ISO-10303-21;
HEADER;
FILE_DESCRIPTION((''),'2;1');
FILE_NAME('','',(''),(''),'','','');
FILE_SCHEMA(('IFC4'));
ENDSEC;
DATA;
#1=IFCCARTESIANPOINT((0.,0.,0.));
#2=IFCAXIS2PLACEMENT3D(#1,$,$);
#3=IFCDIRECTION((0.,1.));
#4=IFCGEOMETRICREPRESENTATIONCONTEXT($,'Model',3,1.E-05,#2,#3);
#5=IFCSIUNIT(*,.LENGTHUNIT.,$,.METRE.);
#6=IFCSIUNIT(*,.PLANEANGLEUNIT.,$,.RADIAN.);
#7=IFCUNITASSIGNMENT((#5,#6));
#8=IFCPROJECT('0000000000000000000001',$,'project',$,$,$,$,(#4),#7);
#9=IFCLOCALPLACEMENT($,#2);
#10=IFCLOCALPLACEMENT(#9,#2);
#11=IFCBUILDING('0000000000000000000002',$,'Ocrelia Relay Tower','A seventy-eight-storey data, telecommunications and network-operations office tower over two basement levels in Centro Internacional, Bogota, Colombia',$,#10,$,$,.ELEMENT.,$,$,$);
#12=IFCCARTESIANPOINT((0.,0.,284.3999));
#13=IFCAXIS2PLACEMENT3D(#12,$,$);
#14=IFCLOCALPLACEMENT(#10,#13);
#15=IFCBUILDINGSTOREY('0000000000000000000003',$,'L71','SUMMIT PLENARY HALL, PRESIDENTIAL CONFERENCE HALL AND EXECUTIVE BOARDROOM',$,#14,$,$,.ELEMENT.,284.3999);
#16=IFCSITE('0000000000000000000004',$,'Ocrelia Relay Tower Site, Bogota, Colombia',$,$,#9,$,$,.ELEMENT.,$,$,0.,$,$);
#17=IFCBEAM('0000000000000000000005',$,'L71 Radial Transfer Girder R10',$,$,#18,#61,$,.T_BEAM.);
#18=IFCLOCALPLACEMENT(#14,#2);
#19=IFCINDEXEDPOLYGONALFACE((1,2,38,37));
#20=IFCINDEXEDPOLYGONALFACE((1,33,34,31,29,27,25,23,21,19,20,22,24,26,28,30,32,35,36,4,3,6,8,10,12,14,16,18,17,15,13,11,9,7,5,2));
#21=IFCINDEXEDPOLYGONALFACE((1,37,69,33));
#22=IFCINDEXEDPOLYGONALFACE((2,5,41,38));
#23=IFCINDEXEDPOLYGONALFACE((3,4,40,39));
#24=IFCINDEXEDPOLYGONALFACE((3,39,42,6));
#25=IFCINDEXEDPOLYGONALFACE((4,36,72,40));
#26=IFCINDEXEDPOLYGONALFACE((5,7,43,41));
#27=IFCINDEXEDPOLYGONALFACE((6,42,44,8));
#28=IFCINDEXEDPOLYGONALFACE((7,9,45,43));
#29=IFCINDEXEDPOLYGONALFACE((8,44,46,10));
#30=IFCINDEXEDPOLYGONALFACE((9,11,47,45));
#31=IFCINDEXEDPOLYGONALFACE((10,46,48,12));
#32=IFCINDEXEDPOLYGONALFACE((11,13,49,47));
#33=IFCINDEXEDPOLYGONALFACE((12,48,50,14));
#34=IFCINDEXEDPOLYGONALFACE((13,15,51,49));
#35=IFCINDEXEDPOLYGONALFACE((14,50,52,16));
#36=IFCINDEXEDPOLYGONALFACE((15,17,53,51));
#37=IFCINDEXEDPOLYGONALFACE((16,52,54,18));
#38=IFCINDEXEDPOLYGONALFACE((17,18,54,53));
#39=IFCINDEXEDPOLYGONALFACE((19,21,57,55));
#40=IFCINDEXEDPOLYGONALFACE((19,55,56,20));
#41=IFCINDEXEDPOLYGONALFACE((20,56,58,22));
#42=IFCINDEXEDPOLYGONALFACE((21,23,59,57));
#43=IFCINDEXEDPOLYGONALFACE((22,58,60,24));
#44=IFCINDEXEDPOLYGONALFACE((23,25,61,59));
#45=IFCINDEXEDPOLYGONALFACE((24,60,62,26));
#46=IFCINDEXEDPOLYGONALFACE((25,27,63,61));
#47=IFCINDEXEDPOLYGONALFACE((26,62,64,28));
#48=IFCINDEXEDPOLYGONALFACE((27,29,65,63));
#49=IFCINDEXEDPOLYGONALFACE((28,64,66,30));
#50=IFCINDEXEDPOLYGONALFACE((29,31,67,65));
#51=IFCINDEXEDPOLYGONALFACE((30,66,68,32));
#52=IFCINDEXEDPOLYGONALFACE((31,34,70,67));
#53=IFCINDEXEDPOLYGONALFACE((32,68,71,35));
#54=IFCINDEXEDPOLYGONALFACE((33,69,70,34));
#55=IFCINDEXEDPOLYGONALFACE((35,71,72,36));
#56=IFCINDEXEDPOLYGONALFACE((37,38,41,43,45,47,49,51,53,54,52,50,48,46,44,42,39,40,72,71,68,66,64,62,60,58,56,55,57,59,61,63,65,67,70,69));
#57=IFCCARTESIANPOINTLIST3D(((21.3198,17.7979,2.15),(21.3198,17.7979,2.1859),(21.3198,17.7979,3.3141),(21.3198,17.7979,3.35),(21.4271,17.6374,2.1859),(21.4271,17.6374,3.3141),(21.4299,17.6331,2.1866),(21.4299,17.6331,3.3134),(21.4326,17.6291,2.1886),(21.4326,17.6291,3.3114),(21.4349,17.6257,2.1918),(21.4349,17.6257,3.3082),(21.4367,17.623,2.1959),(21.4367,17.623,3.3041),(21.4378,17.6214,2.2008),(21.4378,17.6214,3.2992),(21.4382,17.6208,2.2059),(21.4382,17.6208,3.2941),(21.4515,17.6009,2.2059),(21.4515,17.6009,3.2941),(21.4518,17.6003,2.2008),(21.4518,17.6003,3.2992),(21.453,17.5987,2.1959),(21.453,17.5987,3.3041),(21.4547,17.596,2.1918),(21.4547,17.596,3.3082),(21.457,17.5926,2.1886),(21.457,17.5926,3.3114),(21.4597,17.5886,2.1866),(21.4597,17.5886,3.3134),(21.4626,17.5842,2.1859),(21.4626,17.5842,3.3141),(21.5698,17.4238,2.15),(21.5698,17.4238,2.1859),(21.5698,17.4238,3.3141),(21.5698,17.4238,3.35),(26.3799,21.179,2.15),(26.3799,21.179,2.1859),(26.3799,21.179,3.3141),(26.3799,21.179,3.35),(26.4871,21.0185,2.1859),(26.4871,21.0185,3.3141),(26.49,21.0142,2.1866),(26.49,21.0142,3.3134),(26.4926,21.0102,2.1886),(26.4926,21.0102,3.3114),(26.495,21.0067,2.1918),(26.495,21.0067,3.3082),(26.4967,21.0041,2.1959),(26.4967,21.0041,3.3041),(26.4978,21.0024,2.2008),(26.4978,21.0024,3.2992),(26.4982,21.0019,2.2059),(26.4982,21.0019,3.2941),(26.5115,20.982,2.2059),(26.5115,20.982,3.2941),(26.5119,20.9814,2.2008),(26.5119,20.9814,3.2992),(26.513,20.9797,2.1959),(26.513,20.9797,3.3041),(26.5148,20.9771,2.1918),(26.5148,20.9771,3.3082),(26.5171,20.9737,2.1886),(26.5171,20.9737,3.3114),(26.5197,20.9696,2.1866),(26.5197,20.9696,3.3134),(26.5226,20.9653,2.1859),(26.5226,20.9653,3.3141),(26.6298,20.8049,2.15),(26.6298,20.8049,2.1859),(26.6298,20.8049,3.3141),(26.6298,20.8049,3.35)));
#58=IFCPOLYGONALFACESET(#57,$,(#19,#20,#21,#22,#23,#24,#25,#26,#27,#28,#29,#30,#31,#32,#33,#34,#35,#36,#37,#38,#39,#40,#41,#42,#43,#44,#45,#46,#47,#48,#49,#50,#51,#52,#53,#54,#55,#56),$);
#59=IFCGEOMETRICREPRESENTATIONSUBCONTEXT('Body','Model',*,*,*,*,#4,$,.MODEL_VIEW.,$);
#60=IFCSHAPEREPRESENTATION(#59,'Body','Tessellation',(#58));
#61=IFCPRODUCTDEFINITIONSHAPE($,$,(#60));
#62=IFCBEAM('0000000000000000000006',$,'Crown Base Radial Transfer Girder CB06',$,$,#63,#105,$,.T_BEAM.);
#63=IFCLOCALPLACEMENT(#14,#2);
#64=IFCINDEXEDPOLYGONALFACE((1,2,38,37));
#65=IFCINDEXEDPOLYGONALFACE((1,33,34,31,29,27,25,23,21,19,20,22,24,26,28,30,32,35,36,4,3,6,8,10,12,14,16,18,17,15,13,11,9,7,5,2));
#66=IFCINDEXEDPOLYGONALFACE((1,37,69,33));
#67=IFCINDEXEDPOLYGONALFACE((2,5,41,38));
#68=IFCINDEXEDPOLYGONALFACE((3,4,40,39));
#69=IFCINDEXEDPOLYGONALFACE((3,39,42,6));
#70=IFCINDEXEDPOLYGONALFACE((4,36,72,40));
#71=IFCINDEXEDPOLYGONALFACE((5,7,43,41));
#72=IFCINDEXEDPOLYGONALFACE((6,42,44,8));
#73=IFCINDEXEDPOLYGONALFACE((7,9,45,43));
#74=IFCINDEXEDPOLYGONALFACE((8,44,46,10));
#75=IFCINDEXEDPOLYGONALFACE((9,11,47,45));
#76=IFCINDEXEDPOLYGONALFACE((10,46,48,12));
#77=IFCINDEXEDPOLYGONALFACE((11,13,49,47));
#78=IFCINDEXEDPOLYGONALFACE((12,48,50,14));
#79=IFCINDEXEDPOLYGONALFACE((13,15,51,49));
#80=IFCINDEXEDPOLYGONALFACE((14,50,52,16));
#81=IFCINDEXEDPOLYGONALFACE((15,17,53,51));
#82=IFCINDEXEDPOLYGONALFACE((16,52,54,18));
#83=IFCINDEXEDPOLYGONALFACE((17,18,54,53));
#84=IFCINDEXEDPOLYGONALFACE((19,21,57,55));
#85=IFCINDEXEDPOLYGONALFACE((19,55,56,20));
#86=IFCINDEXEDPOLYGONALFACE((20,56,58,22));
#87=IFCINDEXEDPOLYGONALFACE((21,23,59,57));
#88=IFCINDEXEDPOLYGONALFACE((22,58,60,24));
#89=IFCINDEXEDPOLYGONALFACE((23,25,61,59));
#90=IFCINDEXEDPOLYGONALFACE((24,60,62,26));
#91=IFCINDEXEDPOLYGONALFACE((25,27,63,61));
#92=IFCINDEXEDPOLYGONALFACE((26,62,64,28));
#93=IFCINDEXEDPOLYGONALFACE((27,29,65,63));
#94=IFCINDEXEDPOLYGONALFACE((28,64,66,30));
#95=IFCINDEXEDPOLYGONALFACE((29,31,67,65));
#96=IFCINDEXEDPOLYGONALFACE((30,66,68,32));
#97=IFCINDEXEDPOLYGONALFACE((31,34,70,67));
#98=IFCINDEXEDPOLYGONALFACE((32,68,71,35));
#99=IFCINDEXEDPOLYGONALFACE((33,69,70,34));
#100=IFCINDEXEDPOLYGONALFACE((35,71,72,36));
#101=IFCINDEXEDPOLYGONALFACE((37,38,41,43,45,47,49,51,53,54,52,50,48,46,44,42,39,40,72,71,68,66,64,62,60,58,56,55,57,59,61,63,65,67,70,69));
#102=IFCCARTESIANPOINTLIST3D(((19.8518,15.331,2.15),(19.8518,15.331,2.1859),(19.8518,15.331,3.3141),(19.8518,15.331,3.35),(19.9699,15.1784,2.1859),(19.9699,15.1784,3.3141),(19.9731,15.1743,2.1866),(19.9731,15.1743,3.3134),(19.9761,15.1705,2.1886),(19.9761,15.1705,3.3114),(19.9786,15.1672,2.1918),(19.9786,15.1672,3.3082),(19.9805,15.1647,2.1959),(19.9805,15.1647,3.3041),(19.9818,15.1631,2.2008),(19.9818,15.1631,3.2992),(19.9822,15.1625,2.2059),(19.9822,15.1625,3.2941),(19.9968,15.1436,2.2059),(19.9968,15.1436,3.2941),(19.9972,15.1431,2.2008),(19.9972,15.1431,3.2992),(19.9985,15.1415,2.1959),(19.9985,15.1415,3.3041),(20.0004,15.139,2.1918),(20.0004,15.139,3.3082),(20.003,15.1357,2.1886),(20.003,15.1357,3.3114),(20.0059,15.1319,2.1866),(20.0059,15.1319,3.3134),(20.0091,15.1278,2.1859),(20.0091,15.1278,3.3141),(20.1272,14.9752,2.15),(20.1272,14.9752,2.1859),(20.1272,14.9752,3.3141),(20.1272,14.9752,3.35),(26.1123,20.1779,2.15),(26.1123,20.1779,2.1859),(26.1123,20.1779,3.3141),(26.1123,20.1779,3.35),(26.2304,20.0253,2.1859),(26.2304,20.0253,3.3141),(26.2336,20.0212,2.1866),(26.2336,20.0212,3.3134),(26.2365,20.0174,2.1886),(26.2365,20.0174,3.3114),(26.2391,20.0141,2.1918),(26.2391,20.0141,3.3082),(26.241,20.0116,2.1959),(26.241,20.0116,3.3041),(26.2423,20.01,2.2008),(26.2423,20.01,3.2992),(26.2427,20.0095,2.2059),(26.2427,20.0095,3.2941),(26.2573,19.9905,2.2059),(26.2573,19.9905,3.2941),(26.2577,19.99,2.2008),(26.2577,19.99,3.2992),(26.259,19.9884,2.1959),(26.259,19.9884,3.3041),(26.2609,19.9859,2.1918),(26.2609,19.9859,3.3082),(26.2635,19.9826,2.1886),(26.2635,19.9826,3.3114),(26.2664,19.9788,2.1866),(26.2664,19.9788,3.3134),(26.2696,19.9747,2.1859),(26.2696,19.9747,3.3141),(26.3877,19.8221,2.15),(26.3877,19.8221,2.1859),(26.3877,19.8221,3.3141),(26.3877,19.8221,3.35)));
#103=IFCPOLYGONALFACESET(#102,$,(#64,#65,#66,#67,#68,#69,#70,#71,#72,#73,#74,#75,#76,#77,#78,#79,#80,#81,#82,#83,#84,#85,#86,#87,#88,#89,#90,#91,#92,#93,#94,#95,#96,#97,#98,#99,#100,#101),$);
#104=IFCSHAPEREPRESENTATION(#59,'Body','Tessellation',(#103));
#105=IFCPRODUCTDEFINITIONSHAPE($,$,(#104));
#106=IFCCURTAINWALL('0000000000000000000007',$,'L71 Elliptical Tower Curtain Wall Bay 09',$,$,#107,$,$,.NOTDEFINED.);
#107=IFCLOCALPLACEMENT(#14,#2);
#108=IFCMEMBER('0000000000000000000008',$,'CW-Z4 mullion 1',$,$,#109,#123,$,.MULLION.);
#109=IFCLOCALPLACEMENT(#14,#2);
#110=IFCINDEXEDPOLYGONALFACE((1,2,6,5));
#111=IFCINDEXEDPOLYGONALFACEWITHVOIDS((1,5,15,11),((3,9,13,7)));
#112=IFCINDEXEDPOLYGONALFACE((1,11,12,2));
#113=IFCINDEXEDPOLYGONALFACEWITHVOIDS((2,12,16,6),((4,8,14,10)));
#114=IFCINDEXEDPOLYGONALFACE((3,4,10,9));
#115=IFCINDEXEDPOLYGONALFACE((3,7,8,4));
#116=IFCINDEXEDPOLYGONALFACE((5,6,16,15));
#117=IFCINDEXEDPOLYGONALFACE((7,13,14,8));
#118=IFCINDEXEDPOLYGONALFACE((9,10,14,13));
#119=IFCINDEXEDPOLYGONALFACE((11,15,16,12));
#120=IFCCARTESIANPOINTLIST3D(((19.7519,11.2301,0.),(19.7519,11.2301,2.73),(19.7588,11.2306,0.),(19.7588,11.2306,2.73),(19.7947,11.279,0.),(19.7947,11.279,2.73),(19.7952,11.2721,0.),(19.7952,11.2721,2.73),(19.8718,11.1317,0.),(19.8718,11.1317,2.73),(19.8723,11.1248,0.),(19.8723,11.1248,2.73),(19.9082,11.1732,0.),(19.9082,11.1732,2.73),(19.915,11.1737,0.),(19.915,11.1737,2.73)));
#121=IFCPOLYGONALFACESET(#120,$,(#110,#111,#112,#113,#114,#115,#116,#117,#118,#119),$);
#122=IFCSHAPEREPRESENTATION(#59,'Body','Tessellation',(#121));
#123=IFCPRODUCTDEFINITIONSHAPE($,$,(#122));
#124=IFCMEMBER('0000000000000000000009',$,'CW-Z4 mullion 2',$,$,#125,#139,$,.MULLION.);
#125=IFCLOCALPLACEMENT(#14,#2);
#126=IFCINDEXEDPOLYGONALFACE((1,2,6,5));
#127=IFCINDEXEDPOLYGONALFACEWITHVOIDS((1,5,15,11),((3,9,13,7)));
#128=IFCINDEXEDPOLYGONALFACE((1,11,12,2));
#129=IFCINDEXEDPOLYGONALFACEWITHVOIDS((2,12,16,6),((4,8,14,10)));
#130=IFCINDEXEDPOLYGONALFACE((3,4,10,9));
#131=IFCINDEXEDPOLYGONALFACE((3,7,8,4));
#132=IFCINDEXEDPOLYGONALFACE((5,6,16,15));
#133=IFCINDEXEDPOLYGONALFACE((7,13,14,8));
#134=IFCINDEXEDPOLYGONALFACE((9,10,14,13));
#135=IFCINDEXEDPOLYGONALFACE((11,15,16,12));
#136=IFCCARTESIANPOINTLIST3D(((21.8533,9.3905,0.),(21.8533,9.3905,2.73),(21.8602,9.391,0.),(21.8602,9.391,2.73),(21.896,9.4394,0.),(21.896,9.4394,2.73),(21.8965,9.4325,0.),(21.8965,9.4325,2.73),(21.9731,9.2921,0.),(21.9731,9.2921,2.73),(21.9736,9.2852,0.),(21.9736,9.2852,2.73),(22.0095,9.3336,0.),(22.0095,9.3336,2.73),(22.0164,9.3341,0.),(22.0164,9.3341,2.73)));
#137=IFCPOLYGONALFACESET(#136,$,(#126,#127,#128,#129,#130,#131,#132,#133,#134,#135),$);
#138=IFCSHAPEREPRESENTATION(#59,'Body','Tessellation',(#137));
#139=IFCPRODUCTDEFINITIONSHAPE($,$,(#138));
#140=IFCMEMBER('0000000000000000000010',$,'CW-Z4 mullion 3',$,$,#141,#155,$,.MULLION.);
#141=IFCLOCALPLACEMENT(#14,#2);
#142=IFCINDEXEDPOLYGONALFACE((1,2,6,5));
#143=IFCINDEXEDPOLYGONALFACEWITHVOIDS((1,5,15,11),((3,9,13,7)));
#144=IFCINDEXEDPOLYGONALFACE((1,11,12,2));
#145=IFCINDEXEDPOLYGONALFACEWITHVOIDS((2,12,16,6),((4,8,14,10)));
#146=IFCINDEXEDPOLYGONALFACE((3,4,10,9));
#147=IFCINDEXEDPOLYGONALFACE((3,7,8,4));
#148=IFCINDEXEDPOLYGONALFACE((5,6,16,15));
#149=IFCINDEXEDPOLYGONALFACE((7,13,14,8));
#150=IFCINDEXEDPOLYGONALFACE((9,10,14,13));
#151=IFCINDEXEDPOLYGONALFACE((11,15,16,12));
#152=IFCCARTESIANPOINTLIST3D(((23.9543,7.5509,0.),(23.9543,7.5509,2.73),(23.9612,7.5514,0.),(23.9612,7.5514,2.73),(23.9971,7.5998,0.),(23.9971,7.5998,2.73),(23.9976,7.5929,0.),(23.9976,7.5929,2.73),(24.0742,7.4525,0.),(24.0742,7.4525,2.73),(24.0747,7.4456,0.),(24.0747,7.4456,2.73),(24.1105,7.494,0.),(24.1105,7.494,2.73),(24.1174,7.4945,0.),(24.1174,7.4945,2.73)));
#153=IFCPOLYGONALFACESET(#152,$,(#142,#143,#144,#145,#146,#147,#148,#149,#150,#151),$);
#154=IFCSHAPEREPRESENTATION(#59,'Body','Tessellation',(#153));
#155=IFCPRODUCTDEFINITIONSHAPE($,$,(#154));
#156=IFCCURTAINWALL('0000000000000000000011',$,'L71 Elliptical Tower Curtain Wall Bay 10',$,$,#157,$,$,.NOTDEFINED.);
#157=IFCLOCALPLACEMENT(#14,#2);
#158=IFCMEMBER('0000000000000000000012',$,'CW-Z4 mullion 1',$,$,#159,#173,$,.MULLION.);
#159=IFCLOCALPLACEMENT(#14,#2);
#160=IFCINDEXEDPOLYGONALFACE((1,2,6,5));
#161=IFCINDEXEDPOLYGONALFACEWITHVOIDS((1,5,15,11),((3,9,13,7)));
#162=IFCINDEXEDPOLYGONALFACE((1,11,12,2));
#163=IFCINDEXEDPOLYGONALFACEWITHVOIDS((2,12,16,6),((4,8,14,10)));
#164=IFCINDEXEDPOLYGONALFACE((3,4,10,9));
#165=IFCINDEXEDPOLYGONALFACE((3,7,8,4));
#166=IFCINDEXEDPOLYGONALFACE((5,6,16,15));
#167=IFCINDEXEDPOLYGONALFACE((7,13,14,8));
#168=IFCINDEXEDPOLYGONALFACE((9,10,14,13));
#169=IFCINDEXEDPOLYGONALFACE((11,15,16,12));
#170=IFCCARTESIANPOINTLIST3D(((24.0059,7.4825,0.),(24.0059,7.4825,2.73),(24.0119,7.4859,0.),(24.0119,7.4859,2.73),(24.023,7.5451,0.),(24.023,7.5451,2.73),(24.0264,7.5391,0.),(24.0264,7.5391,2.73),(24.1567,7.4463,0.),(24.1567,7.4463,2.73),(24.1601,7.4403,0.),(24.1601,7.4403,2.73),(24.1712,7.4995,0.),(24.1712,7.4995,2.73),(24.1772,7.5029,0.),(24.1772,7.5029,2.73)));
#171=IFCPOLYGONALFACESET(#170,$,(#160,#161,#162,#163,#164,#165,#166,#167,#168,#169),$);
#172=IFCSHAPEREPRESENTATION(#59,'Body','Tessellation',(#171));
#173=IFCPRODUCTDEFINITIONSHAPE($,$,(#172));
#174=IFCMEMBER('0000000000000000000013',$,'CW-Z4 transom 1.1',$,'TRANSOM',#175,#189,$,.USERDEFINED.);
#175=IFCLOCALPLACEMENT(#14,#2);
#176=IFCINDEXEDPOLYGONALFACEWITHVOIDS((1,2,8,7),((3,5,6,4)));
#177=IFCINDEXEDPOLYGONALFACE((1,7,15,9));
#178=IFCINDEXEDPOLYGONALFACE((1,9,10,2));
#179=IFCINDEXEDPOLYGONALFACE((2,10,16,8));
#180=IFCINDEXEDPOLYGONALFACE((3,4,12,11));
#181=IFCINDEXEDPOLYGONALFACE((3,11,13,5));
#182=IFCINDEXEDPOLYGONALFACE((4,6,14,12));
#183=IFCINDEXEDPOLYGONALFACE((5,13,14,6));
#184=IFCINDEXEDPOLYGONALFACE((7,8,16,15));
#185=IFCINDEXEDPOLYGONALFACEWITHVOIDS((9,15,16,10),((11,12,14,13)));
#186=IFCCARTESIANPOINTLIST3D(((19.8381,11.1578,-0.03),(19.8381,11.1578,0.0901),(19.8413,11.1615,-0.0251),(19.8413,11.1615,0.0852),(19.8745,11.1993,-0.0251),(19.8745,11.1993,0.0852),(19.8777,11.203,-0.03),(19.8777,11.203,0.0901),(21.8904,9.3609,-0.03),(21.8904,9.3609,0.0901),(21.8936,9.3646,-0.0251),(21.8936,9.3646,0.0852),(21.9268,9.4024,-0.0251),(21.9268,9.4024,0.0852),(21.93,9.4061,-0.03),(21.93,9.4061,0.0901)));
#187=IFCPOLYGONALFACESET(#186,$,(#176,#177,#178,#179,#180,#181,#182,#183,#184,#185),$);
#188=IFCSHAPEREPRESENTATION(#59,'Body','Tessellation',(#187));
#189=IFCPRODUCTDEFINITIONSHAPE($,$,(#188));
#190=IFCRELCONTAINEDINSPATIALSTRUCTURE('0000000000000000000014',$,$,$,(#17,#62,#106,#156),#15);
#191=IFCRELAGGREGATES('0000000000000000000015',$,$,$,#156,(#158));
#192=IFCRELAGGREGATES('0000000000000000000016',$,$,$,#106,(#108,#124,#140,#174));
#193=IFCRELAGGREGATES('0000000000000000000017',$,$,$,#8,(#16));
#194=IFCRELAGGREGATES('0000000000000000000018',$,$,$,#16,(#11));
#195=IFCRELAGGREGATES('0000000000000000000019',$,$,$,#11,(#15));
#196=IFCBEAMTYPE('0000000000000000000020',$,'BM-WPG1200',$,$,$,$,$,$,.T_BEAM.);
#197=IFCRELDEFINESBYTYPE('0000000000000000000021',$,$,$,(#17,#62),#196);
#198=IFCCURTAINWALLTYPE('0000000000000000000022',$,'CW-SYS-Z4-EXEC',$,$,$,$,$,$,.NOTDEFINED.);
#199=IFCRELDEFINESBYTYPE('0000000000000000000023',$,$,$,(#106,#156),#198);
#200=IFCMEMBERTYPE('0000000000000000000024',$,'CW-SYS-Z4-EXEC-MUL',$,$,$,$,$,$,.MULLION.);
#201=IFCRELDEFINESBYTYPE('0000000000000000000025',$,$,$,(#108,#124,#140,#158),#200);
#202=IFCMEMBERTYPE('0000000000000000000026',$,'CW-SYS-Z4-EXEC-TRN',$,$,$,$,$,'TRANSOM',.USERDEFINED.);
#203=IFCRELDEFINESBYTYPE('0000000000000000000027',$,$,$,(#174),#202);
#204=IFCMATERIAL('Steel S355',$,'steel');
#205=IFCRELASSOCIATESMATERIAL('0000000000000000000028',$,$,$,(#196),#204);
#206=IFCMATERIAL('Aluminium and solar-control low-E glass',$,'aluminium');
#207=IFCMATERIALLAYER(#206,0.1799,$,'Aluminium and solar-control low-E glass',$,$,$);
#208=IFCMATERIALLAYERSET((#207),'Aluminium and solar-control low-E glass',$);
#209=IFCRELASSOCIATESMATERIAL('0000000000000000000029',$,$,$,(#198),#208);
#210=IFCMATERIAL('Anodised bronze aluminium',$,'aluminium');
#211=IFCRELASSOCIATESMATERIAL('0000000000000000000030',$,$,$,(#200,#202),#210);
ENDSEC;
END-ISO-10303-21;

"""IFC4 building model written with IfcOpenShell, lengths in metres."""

from ifc_helpers import new_model, si_unit, direction, frame, origin, origin_2d, place, context, subcontext, project, spatial, hollow_rectangle, i_section, extrude, material, layer, layer_set, material_profile, profile_set, type_object, element, aggregate, save


model = new_model("IFC4")

# Units and contexts
model_context = context("Model", 3, precision=1e-05, world=origin(), true_north=direction((0.0, 1.0)))
body_context = subcontext(model_context, "Body", "Model", "MODEL_VIEW")
ifc_project = project(units=[si_unit("LENGTHUNIT", "METRE"), si_unit("PLANEANGLEUNIT", "RADIAN")], contexts=[model_context])

# Site, building, storey
site_placement = place(None, origin())
site = spatial("IfcSite", under=ifc_project, at=site_placement, Name="Ocrelia Relay Tower Site, Bogota, Colombia", CompositionType="ELEMENT", RefElevation=0.0)
building_placement = place(site_placement, origin())
building = spatial("IfcBuilding", under=site, at=building_placement, Name="Ocrelia Relay Tower", Description="A seventy-eight-storey data, telecommunications and network-operations office tower over two basement levels in Centro Internacional, Bogota, Colombia", CompositionType="ELEMENT")
storey_placement = place(building_placement, frame((0.0, 0.0, 284.3999)))
storey = spatial("IfcBuildingStorey", under=building, at=storey_placement, Name="L71", Description="SUMMIT PLENARY HALL, PRESIDENTIAL CONFERENCE HALL AND EXECUTIVE BOARDROOM", CompositionType="ELEMENT", Elevation=284.3999)

# Beams
ifc_material_1 = material(Name="Steel S355", Category="steel")
ifc_material_profile_1 = material_profile(ifc_material_1, i_section(OverallWidth=0.45, OverallDepth=1.2, WebThickness=0.0239, FlangeThickness=0.0359, FilletRadius=0.02, at=origin_2d()), Name="WPG 1200x450")
ifc_profile_set_1 = profile_set([ifc_material_profile_1], Name="Steel S355")
beam_type_1 = type_object("IfcBeamType", Name="BM-WPG1200", PredefinedType="T_BEAM", material=ifc_profile_set_1)
beam_1_placement = place(storey_placement, frame((21.4448, 17.6108, 2.75), z_axis=(0.831464, 0.555579, 0.0), x_axis=(-0.555579, 0.831464, 0.0)))
element("IfcBeam", 1, at=beam_1_placement, inside=storey, type_object=beam_type_1, Name="L71 Radial Transfer Girder R10", PredefinedType="T_BEAM", context=body_context, shape_type="SweptSolid", body=[
    extrude(i_section(OverallWidth=0.45, OverallDepth=1.2, WebThickness=0.0239, FlangeThickness=0.0359, FilletRadius=0.02, at=origin_2d()), origin(), (0.0, 0.0, 1.0), 6.0857),
])
beam_2_placement = place(storey_placement, frame((19.9895, 15.1531, 2.75), z_axis=(0.790718, 0.61218, 0.0), x_axis=(-0.61218, 0.790718, 0.0)))
element("IfcBeam", 2, at=beam_2_placement, inside=storey, type_object=beam_type_1, Name="Crown Base Radial Transfer Girder CB06", PredefinedType="T_BEAM", context=body_context, shape_type="SweptSolid", body=[
    extrude(i_section(OverallWidth=0.45, OverallDepth=1.2, WebThickness=0.0239, FlangeThickness=0.0359, FilletRadius=0.02, at=origin_2d()), origin(), (0.0, 0.0, 1.0), 7.9175),
])

# Curtain wall, members
ifc_material_2 = material(Name="Aluminium and solar-control low-E glass", Category="aluminium")
ifc_layer_1 = layer(ifc_material_2, 0.1799, Name="Aluminium and solar-control low-E glass")
ifc_layer_set_1 = layer_set([ifc_layer_1], Name="Aluminium and solar-control low-E glass")
curtain_wall_type = type_object("IfcCurtainWallType", Name="CW-SYS-Z4-EXEC", PredefinedType="NOTDEFINED", material=ifc_layer_set_1)
curtain_wall_1_placement = place(storey_placement, origin())
curtain_wall_1 = element("IfcCurtainWall", 3, at=curtain_wall_1_placement, inside=storey, type_object=curtain_wall_type, Name="L71 Elliptical Tower Curtain Wall Bay 09", PredefinedType="NOTDEFINED")
ifc_material_3 = material(Name="Anodised bronze aluminium", Category="aluminium")
ifc_material_profile_2 = material_profile(ifc_material_3, hollow_rectangle(XDim=0.0649, YDim=0.1599, WallThickness=0.0049, at=origin_2d()), Name="CW-MUL-160x65")
ifc_profile_set_2 = profile_set([ifc_material_profile_2], Name="Anodised bronze aluminium")
member_type_1 = type_object("IfcMemberType", Name="CW-SYS-Z4-EXEC-MUL", PredefinedType="MULLION", material=ifc_profile_set_2)
member_1_placement = place(storey_placement, frame((19.8335, 11.2019, 0.0), z_axis=(0.0, 0.0, 1.0), x_axis=(0.658715, 0.752392, 0.0)))
member_1 = element("IfcMember", 4, at=member_1_placement, type_object=member_type_1, Name="CW-Z4 mullion 1", PredefinedType="MULLION", context=body_context, shape_type="SweptSolid", body=[
    extrude(hollow_rectangle(XDim=0.0649, YDim=0.1599, WallThickness=0.0049, at=origin_2d()), origin(), (0.0, 0.0, 1.0), 2.73),
])
member_2_placement = place(storey_placement, frame((21.9348, 9.3623, 0.0), z_axis=(0.0, 0.0, 1.0), x_axis=(0.658715, 0.752392, 0.0)))
member_2 = element("IfcMember", 5, at=member_2_placement, type_object=member_type_1, Name="CW-Z4 mullion 2", PredefinedType="MULLION", context=body_context, shape_type="SweptSolid", body=[
    extrude(hollow_rectangle(XDim=0.0649, YDim=0.1599, WallThickness=0.0049, at=origin_2d()), origin(), (0.0, 0.0, 1.0), 2.73),
])
member_3_placement = place(storey_placement, frame((24.0359, 7.5227, 0.0), z_axis=(0.0, 0.0, 1.0), x_axis=(0.658715, 0.752392, 0.0)))
member_3 = element("IfcMember", 6, at=member_3_placement, type_object=member_type_1, Name="CW-Z4 mullion 3", PredefinedType="MULLION", context=body_context, shape_type="SweptSolid", body=[
    extrude(hollow_rectangle(XDim=0.0649, YDim=0.1599, WallThickness=0.0049, at=origin_2d()), origin(), (0.0, 0.0, 1.0), 2.73),
])

# Curtain wall, member
curtain_wall_2_placement = place(storey_placement, origin())
curtain_wall_2 = element("IfcCurtainWall", 7, at=curtain_wall_2_placement, inside=storey, type_object=curtain_wall_type, Name="L71 Elliptical Tower Curtain Wall Bay 10", PredefinedType="NOTDEFINED")
member_4_placement = place(storey_placement, frame((24.0916, 7.4927, 0.0), z_axis=(0.0, 0.0, 1.0), x_axis=(0.263827, 0.96457, 0.0)))
member_4 = element("IfcMember", 8, at=member_4_placement, type_object=member_type_1, Name="CW-Z4 mullion 1", PredefinedType="MULLION", context=body_context, shape_type="SweptSolid", body=[
    extrude(hollow_rectangle(XDim=0.0649, YDim=0.1599, WallThickness=0.0049, at=origin_2d()), origin(), (0.0, 0.0, 1.0), 2.73),
])

# Member
ifc_material_profile_3 = material_profile(ifc_material_3, hollow_rectangle(XDim=0.0601, YDim=0.1201, WallThickness=0.0049, at=origin_2d()), Name="CW-TRN-120x60")
ifc_profile_set_3 = profile_set([ifc_material_profile_3], Name="Anodised bronze aluminium")
member_type_2 = type_object("IfcMemberType", Name="CW-SYS-Z4-EXEC-TRN", ElementType="TRANSOM", PredefinedType="USERDEFINED", material=ifc_profile_set_3)
member_5_placement = place(storey_placement, frame((19.8579, 11.1804, 0.03), z_axis=(0.752366, -0.658745, 0.0), x_axis=(0.658745, 0.752366, 0.0)))
member_5 = element("IfcMember", 9, at=member_5_placement, type_object=member_type_2, Name="CW-Z4 transom 1.1", ObjectType="TRANSOM", PredefinedType="USERDEFINED", context=body_context, shape_type="SweptSolid", body=[
    extrude(hollow_rectangle(XDim=0.0601, YDim=0.1201, WallThickness=0.0049, at=origin_2d()), origin(), (0.0, 0.0, 1.0), 2.7278),
])
aggregate(curtain_wall_2, [member_4])

aggregate(curtain_wall_1, [member_1, member_2, member_3, member_5])

save(model, "model.ifc")
